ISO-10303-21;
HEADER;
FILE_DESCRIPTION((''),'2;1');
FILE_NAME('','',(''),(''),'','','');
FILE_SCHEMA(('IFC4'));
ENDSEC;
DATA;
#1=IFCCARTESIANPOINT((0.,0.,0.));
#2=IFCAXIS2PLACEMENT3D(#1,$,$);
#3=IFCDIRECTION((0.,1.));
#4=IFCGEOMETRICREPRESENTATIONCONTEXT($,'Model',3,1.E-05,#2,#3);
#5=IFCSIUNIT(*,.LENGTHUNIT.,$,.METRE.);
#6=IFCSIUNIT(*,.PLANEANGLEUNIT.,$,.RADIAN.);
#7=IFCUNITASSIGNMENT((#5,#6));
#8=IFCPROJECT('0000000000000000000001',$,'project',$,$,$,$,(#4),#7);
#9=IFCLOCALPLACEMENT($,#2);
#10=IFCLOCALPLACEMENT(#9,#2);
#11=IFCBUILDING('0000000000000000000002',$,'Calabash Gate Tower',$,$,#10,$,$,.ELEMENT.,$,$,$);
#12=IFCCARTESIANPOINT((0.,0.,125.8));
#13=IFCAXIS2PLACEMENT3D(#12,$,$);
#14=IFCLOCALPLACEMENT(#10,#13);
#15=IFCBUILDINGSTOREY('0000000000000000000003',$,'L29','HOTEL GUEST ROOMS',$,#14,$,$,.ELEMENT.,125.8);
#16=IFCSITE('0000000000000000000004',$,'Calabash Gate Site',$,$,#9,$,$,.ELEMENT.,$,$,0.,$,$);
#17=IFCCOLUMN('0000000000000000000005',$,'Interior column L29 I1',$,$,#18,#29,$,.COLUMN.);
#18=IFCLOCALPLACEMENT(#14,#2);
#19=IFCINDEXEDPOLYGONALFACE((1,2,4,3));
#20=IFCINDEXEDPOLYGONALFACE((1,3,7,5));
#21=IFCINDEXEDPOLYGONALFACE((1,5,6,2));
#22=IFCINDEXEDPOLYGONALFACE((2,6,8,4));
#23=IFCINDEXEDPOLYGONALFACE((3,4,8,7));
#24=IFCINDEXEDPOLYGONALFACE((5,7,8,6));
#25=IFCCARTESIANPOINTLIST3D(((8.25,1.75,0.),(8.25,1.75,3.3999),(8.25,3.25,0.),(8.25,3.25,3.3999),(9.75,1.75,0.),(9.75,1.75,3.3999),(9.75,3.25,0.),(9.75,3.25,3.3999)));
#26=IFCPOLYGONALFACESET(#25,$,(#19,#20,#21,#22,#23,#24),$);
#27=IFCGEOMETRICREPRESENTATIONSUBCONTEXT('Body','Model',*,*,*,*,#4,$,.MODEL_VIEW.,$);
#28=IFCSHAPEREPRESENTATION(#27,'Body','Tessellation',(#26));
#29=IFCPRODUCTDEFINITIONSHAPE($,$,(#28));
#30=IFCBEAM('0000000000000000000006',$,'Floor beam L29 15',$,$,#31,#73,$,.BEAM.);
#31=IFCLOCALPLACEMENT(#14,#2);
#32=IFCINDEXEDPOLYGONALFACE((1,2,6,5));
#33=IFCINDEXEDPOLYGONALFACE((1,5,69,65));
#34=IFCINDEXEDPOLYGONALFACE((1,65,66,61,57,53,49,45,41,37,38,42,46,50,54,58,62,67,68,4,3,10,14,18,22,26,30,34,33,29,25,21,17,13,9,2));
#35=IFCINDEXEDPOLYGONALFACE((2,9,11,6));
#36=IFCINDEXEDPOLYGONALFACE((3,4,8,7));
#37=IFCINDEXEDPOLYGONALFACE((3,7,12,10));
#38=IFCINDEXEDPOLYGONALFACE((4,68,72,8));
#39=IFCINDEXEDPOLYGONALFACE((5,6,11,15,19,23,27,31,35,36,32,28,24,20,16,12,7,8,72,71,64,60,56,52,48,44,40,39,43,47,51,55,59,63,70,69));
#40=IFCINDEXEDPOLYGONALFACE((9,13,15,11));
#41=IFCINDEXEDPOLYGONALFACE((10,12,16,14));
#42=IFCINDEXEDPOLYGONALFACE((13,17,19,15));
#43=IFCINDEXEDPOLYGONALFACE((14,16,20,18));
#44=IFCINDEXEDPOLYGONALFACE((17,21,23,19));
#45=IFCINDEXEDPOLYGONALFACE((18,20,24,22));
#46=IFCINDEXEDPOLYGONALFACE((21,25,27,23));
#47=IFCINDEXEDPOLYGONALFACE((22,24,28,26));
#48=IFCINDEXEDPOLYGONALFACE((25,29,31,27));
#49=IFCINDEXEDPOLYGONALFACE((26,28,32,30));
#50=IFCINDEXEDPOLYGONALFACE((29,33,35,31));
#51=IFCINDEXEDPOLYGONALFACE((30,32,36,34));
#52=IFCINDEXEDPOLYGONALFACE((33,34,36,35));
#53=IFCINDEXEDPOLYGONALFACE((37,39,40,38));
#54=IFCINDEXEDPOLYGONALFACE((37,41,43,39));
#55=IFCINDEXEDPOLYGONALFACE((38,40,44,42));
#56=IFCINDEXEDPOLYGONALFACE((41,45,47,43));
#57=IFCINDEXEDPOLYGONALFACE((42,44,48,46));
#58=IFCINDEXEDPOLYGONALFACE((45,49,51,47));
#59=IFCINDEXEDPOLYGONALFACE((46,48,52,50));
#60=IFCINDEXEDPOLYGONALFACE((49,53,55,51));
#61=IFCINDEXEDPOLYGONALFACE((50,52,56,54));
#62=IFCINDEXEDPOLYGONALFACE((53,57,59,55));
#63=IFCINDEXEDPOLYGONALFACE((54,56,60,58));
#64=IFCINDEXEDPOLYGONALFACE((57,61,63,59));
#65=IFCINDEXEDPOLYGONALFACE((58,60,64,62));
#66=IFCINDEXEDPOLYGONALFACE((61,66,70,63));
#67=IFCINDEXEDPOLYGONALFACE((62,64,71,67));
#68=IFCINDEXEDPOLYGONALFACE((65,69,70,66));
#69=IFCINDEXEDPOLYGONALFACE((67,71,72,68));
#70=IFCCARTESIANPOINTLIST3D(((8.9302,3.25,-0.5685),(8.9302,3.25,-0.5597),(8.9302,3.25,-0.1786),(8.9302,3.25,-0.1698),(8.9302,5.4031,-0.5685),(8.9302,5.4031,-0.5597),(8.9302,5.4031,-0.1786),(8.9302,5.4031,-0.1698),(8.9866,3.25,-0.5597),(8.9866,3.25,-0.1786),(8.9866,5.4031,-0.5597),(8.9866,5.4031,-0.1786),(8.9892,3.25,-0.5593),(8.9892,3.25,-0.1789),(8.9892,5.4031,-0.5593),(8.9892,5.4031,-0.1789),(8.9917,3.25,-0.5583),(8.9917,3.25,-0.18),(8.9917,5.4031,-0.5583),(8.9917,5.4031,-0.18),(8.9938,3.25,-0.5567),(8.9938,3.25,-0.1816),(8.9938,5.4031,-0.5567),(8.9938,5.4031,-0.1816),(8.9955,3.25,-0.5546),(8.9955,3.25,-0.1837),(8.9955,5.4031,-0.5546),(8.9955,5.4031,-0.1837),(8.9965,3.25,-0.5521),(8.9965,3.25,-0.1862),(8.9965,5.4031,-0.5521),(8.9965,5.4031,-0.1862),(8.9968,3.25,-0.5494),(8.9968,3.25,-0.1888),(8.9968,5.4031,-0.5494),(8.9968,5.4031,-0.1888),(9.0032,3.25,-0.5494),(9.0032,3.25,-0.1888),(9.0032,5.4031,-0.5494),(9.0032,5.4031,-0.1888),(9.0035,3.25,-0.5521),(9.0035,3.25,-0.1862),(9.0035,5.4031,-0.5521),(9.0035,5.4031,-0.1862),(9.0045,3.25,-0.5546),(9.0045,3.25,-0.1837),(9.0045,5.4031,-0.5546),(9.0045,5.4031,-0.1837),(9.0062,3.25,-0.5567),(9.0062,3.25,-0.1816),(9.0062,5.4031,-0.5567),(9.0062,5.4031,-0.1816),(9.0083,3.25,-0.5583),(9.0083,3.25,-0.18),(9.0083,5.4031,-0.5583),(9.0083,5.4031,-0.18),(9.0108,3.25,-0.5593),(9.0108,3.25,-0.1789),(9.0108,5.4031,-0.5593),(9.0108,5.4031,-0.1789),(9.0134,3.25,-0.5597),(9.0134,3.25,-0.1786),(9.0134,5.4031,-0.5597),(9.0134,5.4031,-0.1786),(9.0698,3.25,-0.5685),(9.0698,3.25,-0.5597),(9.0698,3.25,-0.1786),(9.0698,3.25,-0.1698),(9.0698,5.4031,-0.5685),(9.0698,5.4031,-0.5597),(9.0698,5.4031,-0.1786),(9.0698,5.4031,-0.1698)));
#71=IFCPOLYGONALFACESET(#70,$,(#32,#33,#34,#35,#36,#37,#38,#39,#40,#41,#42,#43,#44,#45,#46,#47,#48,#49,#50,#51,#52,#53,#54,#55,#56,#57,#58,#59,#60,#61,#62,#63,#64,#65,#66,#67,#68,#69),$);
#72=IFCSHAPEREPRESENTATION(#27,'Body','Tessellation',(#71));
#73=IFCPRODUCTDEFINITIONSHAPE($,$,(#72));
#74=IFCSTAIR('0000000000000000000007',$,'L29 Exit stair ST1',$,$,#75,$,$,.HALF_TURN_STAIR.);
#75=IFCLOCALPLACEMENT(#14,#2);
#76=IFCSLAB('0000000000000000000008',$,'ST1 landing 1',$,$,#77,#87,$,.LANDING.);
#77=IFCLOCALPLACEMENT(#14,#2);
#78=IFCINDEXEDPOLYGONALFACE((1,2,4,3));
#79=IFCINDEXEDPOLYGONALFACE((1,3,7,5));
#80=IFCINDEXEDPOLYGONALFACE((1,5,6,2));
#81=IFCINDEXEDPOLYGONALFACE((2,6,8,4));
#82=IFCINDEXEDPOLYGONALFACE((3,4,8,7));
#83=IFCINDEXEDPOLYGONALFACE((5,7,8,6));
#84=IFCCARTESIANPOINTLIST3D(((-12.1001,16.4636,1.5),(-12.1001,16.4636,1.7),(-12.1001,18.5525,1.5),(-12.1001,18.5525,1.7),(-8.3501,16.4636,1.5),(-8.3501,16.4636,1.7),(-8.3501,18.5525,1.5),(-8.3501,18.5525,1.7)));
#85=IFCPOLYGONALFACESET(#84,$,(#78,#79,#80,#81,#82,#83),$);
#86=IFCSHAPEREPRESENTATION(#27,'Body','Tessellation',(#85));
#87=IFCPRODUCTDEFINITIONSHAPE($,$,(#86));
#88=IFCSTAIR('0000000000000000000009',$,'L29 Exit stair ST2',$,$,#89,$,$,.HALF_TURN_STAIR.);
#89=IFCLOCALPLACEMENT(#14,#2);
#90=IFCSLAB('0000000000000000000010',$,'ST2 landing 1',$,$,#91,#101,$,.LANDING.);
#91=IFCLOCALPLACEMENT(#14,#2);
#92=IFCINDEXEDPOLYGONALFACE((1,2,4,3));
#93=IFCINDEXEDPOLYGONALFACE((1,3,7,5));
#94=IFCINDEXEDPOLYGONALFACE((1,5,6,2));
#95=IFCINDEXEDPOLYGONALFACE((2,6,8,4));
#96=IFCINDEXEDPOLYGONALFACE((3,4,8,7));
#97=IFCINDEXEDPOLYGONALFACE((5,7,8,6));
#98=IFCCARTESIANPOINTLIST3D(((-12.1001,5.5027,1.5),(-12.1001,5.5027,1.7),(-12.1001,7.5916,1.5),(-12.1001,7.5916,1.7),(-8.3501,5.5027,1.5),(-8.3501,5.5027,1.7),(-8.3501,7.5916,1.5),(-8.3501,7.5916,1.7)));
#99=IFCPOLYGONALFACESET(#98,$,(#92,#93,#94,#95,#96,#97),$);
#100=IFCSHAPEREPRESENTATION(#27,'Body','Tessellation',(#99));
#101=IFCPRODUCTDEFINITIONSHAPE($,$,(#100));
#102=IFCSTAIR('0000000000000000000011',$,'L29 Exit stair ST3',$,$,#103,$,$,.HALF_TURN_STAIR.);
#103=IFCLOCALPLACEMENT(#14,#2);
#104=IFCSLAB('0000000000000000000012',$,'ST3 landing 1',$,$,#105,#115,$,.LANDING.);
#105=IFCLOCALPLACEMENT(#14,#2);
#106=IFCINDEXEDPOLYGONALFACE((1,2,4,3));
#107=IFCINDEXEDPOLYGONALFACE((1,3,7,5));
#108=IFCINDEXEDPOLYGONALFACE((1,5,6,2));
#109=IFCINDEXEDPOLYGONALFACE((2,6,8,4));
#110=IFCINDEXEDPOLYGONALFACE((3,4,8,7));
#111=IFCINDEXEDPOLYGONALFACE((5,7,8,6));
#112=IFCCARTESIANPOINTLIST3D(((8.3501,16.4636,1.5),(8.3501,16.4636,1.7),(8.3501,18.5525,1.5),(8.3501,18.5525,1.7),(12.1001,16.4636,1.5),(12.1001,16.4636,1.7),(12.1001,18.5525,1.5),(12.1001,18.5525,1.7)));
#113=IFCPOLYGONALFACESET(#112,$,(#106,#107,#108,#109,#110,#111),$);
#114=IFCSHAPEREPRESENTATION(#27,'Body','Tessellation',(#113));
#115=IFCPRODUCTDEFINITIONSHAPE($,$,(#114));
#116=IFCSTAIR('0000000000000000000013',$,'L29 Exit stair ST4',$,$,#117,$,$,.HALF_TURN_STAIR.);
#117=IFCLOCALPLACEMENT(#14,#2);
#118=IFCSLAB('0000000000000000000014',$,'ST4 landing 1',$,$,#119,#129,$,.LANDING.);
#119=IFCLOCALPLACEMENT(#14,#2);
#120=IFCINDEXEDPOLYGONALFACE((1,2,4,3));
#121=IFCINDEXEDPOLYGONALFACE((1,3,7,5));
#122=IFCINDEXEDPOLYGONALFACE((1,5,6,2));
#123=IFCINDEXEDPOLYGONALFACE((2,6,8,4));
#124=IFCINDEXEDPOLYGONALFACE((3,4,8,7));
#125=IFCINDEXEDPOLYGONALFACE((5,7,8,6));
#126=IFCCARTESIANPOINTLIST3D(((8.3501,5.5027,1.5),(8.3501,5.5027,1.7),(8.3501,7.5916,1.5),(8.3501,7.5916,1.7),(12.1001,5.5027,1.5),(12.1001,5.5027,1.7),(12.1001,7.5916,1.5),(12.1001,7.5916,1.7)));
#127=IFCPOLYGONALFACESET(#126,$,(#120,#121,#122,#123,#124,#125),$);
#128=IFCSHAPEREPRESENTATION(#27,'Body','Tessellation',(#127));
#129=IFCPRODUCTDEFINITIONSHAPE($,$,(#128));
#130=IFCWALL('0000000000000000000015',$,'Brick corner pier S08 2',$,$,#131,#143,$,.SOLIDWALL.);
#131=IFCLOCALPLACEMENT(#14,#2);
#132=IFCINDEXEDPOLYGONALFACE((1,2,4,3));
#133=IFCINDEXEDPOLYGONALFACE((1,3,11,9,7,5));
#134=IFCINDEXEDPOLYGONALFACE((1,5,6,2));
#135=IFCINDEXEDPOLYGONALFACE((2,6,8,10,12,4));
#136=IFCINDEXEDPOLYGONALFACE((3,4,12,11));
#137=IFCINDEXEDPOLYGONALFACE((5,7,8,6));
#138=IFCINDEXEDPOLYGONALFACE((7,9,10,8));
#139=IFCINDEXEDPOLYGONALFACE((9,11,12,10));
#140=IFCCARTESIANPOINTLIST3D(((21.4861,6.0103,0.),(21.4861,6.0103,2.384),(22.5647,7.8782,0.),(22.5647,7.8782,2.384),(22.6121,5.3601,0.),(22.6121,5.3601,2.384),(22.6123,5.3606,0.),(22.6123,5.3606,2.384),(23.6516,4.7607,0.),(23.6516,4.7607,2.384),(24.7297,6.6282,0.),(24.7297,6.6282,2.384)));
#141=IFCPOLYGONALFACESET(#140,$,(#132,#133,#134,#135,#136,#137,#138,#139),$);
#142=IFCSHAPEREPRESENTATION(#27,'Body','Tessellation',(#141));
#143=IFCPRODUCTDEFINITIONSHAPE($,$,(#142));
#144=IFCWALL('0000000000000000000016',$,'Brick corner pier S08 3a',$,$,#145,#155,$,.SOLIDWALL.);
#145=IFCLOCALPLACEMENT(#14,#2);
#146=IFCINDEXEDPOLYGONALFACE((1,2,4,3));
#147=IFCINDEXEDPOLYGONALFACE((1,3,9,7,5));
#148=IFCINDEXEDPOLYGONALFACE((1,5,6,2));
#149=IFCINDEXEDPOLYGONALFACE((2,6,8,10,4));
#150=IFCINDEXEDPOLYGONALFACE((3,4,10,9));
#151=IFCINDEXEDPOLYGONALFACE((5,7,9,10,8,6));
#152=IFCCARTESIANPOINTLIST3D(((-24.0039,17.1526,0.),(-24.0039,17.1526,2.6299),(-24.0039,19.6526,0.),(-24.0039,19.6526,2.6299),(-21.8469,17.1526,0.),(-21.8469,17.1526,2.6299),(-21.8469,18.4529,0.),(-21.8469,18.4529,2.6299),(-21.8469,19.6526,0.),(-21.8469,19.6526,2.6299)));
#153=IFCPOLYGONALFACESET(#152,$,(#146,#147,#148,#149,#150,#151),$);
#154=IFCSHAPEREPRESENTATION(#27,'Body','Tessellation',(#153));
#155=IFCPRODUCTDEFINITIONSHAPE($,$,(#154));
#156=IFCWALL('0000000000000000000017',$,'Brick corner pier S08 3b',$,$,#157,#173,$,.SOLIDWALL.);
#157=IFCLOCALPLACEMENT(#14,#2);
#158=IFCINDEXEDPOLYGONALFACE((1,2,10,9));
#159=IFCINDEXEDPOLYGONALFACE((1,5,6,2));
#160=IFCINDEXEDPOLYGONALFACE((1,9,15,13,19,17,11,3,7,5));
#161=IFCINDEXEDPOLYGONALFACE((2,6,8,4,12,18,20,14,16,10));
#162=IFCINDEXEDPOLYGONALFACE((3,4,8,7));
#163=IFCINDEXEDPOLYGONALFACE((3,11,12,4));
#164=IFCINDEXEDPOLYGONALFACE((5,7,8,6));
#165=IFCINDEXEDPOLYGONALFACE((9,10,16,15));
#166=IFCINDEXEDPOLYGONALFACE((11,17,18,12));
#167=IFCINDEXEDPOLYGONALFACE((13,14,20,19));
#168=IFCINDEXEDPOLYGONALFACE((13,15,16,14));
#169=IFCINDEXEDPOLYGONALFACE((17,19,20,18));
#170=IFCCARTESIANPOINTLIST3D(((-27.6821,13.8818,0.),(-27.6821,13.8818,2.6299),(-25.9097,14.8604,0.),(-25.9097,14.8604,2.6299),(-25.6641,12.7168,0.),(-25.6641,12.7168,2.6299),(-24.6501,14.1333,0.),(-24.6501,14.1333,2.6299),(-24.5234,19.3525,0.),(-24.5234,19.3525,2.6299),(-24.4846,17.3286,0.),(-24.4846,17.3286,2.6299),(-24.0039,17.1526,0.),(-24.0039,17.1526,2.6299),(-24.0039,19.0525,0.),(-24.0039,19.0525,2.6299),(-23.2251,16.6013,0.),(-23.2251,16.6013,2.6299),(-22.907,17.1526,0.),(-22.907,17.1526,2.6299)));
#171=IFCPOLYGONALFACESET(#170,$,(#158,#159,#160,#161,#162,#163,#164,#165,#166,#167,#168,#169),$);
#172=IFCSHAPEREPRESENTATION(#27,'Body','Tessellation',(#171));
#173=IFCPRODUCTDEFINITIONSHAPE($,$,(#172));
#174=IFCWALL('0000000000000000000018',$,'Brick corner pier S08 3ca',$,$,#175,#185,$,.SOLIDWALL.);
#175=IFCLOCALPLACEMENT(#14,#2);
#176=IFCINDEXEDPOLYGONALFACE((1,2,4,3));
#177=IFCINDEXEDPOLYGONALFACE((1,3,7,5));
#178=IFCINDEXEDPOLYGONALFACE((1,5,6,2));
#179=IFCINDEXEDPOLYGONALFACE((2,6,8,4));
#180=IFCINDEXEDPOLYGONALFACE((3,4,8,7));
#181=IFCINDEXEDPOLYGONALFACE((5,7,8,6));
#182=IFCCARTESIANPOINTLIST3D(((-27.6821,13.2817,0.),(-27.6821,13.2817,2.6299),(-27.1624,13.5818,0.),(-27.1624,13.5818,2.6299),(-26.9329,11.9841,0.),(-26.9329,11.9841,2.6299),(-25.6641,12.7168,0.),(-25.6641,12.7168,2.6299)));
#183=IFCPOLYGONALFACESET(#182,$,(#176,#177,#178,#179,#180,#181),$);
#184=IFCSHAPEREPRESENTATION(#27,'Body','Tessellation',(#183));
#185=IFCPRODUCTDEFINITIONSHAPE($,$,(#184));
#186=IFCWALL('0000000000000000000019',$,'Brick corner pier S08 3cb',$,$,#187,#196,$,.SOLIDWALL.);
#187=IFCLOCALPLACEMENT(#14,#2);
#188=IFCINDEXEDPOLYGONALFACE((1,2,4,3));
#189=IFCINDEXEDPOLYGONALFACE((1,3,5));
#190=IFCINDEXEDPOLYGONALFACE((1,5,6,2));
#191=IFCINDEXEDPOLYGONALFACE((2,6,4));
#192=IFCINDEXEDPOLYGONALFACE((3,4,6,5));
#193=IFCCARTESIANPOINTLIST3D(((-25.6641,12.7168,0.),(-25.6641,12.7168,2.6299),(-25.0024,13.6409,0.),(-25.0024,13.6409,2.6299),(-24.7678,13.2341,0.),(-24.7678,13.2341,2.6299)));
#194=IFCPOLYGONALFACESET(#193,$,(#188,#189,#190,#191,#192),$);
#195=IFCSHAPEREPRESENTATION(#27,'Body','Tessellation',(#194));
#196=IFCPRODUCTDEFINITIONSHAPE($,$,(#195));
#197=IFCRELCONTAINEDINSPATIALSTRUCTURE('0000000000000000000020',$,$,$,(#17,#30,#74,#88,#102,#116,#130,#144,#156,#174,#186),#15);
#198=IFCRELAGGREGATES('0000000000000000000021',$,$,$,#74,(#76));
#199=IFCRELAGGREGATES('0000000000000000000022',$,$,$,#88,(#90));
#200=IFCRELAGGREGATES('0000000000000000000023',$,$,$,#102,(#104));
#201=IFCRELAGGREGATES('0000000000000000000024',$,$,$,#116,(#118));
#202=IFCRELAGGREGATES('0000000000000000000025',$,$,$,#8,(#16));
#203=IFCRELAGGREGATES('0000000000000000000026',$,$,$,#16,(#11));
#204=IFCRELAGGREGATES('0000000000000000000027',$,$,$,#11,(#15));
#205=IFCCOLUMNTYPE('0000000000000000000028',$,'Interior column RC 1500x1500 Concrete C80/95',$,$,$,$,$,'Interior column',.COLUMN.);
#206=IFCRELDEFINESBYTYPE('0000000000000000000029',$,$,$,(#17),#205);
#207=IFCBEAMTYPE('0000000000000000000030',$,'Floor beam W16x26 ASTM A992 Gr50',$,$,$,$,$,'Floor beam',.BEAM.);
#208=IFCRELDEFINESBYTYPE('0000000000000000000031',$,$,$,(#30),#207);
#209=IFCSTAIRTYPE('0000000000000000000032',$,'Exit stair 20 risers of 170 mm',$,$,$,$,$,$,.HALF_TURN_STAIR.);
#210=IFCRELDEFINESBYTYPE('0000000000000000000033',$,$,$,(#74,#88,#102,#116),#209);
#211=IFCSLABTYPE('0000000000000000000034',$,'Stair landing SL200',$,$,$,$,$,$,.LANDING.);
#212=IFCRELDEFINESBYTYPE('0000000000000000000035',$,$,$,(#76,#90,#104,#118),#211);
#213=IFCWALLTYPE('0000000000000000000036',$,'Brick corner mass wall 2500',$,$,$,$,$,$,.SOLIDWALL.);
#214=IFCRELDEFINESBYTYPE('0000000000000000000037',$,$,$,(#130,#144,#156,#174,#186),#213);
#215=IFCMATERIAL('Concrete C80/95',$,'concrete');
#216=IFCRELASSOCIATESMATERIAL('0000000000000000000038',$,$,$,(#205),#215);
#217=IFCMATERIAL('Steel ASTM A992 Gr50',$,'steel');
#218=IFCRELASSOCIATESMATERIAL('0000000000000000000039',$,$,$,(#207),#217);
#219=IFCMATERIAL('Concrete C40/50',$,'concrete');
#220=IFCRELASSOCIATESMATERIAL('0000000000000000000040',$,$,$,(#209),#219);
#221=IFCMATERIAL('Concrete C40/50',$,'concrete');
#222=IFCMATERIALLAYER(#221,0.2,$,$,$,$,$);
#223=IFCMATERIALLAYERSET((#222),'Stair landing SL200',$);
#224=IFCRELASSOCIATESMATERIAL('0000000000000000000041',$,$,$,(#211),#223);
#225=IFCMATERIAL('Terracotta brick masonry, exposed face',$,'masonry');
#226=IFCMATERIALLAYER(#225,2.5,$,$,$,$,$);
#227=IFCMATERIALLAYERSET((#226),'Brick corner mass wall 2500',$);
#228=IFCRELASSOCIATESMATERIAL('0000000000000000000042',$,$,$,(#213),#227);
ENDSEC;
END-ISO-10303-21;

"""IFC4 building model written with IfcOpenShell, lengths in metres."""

from ifc_helpers import new_model, si_unit, direction, frame, origin, origin_2d, place, context, subcontext, project, spatial, polyline, rectangle, i_section, outline, extrude, material, layer, layer_set, material_profile, profile_set, type_object, element, aggregate, save


model = new_model("IFC4")

# Units and contexts
model_context = context("Model", 3, precision=1e-05, world=origin(), true_north=direction((0.0, 1.0)))
body_context = subcontext(model_context, "Body", "Model", "MODEL_VIEW")
ifc_project = project(units=[si_unit("LENGTHUNIT", "METRE"), si_unit("PLANEANGLEUNIT", "RADIAN")], contexts=[model_context])

# Site, building, storey
site_placement = place(None, origin())
site = spatial("IfcSite", under=ifc_project, at=site_placement, Name="Calabash Gate Site", CompositionType="ELEMENT", RefElevation=0.0)
building_placement = place(site_placement, origin())
building = spatial("IfcBuilding", under=site, at=building_placement, Name="Calabash Gate Tower", CompositionType="ELEMENT")
storey_placement = place(building_placement, frame((0.0, 0.0, 125.8)))
storey = spatial("IfcBuildingStorey", under=building, at=storey_placement, Name="L29", Description="HOTEL GUEST ROOMS", CompositionType="ELEMENT", Elevation=125.8)

# Column
ifc_material_1 = material(Name="Concrete C80/95", Category="concrete")
ifc_material_profile_1 = material_profile(ifc_material_1, rectangle(XDim=1.5, YDim=1.5, at=origin_2d()))
ifc_profile_set_1 = profile_set([ifc_material_profile_1], Name="Concrete C80/95")
column_type = type_object("IfcColumnType", Name="Interior column RC 1500x1500 Concrete C80/95", ElementType="Interior column", PredefinedType="COLUMN", material=ifc_profile_set_1)
column_placement = place(storey_placement, frame((9.0, 2.5, 0.0), z_axis=(0.0, 0.0, 1.0), x_axis=(1.0, 0.0, 0.0)))
element("IfcColumn", 1, at=column_placement, inside=storey, type_object=column_type, Name="Interior column L29 I1", PredefinedType="COLUMN", context=body_context, shape_type="SweptSolid", body=[
    extrude(rectangle(XDim=1.5, YDim=1.5, at=origin_2d()), origin(), (0.0, 0.0, 1.0), 3.3999),
])

# Beam
ifc_material_2 = material(Name="Steel ASTM A992 Gr50", Category="steel")
ifc_material_profile_2 = material_profile(ifc_material_2, i_section(OverallWidth=0.1396, OverallDepth=0.3987, WebThickness=0.0063, FlangeThickness=0.0088, FilletRadius=0.0103, at=origin_2d()))
ifc_profile_set_2 = profile_set([ifc_material_profile_2], Name="Steel ASTM A992 Gr50")
beam_type = type_object("IfcBeamType", Name="Floor beam W16x26 ASTM A992 Gr50", ElementType="Floor beam", PredefinedType="BEAM", material=ifc_profile_set_2)
beam_placement = place(storey_placement, frame((9.0, 3.25, -0.3691), z_axis=(0.0, 1.0, 0.0), x_axis=(-1.0, 0.0, 0.0)))
element("IfcBeam", 2, at=beam_placement, inside=storey, type_object=beam_type, Name="Floor beam L29 15", PredefinedType="BEAM", context=body_context, shape_type="SweptSolid", body=[
    extrude(i_section(OverallWidth=0.1396, OverallDepth=0.3987, WebThickness=0.0063, FlangeThickness=0.0088, FilletRadius=0.0103, at=origin_2d()), origin(), (0.0, 0.0, 1.0), 2.1531),
])

# Stairs, slabs
ifc_material_3 = material(Name="Concrete C40/50", Category="concrete")
stair_type = type_object("IfcStairType", Name="Exit stair 20 risers of 170 mm", PredefinedType="HALF_TURN_STAIR", material=ifc_material_3)
stair_1_placement = place(storey_placement, origin())
stair_1 = element("IfcStair", 3, at=stair_1_placement, inside=storey, type_object=stair_type, Name="L29 Exit stair ST1", PredefinedType="HALF_TURN_STAIR")
ifc_material_4 = material(Name="Concrete C40/50", Category="concrete")
ifc_layer_1 = layer(ifc_material_4, 0.2)
ifc_layer_set_1 = layer_set([ifc_layer_1], Name="Stair landing SL200")
slab_type = type_object("IfcSlabType", Name="Stair landing SL200", PredefinedType="LANDING", material=ifc_layer_set_1)
slab_1_placement = place(storey_placement, frame((0.0, 0.0, 1.5)))
slab_1 = element("IfcSlab", 4, at=slab_1_placement, type_object=slab_type, Name="ST1 landing 1", PredefinedType="LANDING", context=body_context, shape_type="SweptSolid", body=[
    extrude(outline(polyline([(-8.3501, 16.4636), (-8.3501, 18.5525), (-12.1001, 18.5525), (-12.1001, 16.4636), (-8.3501, 16.4636)])), origin(), (0.0, 0.0, 1.0), 0.2),
])
aggregate(stair_1, [slab_1])
stair_2_placement = place(storey_placement, origin())
stair_2 = element("IfcStair", 5, at=stair_2_placement, inside=storey, type_object=stair_type, Name="L29 Exit stair ST2", PredefinedType="HALF_TURN_STAIR")
slab_2_placement = place(storey_placement, frame((0.0, 0.0, 1.5)))
slab_2 = element("IfcSlab", 6, at=slab_2_placement, type_object=slab_type, Name="ST2 landing 1", PredefinedType="LANDING", context=body_context, shape_type="SweptSolid", body=[
    extrude(outline(polyline([(-12.1001, 7.5916), (-12.1001, 5.5027), (-8.3501, 5.5027), (-8.3501, 7.5916), (-12.1001, 7.5916)])), origin(), (0.0, 0.0, 1.0), 0.2),
])
aggregate(stair_2, [slab_2])
stair_3_placement = place(storey_placement, origin())
stair_3 = element("IfcStair", 7, at=stair_3_placement, inside=storey, type_object=stair_type, Name="L29 Exit stair ST3", PredefinedType="HALF_TURN_STAIR")
slab_3_placement = place(storey_placement, frame((0.0, 0.0, 1.5)))
slab_3 = element("IfcSlab", 8, at=slab_3_placement, type_object=slab_type, Name="ST3 landing 1", PredefinedType="LANDING", context=body_context, shape_type="SweptSolid", body=[
    extrude(outline(polyline([(12.1001, 16.4636), (12.1001, 18.5525), (8.3501, 18.5525), (8.3501, 16.4636), (12.1001, 16.4636)])), origin(), (0.0, 0.0, 1.0), 0.2),
])
aggregate(stair_3, [slab_3])
stair_4_placement = place(storey_placement, origin())
stair_4 = element("IfcStair", 9, at=stair_4_placement, inside=storey, type_object=stair_type, Name="L29 Exit stair ST4", PredefinedType="HALF_TURN_STAIR")
slab_4_placement = place(storey_placement, frame((0.0, 0.0, 1.5)))
slab_4 = element("IfcSlab", 10, at=slab_4_placement, type_object=slab_type, Name="ST4 landing 1", PredefinedType="LANDING", context=body_context, shape_type="SweptSolid", body=[
    extrude(outline(polyline([(8.3501, 7.5916), (8.3501, 5.5027), (12.1001, 5.5027), (12.1001, 7.5916), (8.3501, 7.5916)])), origin(), (0.0, 0.0, 1.0), 0.2),
])
aggregate(stair_4, [slab_4])

# Walls
ifc_material_5 = material(Name="Terracotta brick masonry, exposed face", Category="masonry")
ifc_layer_2 = layer(ifc_material_5, 2.5)
ifc_layer_set_2 = layer_set([ifc_layer_2], Name="Brick corner mass wall 2500")
wall_type_1 = type_object("IfcWallType", Name="Brick corner mass wall 2500", PredefinedType="SOLIDWALL", material=ifc_layer_set_2)
wall_1_placement = place(storey_placement, origin())
element("IfcWall", 11, at=wall_1_placement, inside=storey, type_object=wall_type_1, Name="Brick corner pier S08 2", PredefinedType="SOLIDWALL", context=body_context, shape_type="SweptSolid", body=[
    extrude(outline(polyline([(22.5647, 7.8782), (21.4861, 6.0103), (22.6121, 5.3601), (22.6123, 5.3606), (23.6516, 4.7607), (24.7297, 6.6282), (22.5647, 7.8782)])), origin(), (0.0, 0.0, 1.0), 2.384),
])
wall_2_placement = place(storey_placement, origin())
element("IfcWall", 12, at=wall_2_placement, inside=storey, type_object=wall_type_1, Name="Brick corner pier S08 3a", PredefinedType="SOLIDWALL", context=body_context, shape_type="SweptSolid", body=[
    extrude(outline(polyline([(-24.0039, 17.1526), (-21.8469, 17.1526), (-21.8469, 18.4529), (-21.8469, 18.4529), (-21.8469, 19.6526), (-24.0039, 19.6526), (-24.0039, 17.1526)])), origin(), (0.0, 0.0, 1.0), 2.6299),
])
wall_3_placement = place(storey_placement, origin())
element("IfcWall", 13, at=wall_3_placement, inside=storey, type_object=wall_type_1, Name="Brick corner pier S08 3b", PredefinedType="SOLIDWALL", context=body_context, shape_type="SweptSolid", body=[
    extrude(outline(polyline([(-23.2251, 16.6013), (-22.907, 17.1526), (-24.0039, 17.1526), (-24.0039, 19.0525), (-24.5234, 19.3525), (-27.6821, 13.8818), (-25.6641, 12.7168), (-24.6501, 14.1333), (-25.9097, 14.8604), (-24.4846, 17.3286), (-23.2251, 16.6013)])), origin(), (0.0, 0.0, 1.0), 2.6299),
])
wall_4_placement = place(storey_placement, origin())
element("IfcWall", 14, at=wall_4_placement, inside=storey, type_object=wall_type_1, Name="Brick corner pier S08 3ca", PredefinedType="SOLIDWALL", context=body_context, shape_type="SweptSolid", body=[
    extrude(outline(polyline([(-27.1624, 13.5818), (-27.6821, 13.2817), (-26.9329, 11.9841), (-25.6641, 12.7168), (-27.1624, 13.5818)])), origin(), (0.0, 0.0, 1.0), 2.6299),
])
wall_5_placement = place(storey_placement, origin())
element("IfcWall", 15, at=wall_5_placement, inside=storey, type_object=wall_type_1, Name="Brick corner pier S08 3cb", PredefinedType="SOLIDWALL", context=body_context, shape_type="SweptSolid", body=[
    extrude(outline(polyline([(-24.7678, 13.2341), (-25.0024, 13.6409), (-25.6641, 12.7168), (-24.7678, 13.2341)])), origin(), (0.0, 0.0, 1.0), 2.6299),
])

save(model, "model.ifc")
